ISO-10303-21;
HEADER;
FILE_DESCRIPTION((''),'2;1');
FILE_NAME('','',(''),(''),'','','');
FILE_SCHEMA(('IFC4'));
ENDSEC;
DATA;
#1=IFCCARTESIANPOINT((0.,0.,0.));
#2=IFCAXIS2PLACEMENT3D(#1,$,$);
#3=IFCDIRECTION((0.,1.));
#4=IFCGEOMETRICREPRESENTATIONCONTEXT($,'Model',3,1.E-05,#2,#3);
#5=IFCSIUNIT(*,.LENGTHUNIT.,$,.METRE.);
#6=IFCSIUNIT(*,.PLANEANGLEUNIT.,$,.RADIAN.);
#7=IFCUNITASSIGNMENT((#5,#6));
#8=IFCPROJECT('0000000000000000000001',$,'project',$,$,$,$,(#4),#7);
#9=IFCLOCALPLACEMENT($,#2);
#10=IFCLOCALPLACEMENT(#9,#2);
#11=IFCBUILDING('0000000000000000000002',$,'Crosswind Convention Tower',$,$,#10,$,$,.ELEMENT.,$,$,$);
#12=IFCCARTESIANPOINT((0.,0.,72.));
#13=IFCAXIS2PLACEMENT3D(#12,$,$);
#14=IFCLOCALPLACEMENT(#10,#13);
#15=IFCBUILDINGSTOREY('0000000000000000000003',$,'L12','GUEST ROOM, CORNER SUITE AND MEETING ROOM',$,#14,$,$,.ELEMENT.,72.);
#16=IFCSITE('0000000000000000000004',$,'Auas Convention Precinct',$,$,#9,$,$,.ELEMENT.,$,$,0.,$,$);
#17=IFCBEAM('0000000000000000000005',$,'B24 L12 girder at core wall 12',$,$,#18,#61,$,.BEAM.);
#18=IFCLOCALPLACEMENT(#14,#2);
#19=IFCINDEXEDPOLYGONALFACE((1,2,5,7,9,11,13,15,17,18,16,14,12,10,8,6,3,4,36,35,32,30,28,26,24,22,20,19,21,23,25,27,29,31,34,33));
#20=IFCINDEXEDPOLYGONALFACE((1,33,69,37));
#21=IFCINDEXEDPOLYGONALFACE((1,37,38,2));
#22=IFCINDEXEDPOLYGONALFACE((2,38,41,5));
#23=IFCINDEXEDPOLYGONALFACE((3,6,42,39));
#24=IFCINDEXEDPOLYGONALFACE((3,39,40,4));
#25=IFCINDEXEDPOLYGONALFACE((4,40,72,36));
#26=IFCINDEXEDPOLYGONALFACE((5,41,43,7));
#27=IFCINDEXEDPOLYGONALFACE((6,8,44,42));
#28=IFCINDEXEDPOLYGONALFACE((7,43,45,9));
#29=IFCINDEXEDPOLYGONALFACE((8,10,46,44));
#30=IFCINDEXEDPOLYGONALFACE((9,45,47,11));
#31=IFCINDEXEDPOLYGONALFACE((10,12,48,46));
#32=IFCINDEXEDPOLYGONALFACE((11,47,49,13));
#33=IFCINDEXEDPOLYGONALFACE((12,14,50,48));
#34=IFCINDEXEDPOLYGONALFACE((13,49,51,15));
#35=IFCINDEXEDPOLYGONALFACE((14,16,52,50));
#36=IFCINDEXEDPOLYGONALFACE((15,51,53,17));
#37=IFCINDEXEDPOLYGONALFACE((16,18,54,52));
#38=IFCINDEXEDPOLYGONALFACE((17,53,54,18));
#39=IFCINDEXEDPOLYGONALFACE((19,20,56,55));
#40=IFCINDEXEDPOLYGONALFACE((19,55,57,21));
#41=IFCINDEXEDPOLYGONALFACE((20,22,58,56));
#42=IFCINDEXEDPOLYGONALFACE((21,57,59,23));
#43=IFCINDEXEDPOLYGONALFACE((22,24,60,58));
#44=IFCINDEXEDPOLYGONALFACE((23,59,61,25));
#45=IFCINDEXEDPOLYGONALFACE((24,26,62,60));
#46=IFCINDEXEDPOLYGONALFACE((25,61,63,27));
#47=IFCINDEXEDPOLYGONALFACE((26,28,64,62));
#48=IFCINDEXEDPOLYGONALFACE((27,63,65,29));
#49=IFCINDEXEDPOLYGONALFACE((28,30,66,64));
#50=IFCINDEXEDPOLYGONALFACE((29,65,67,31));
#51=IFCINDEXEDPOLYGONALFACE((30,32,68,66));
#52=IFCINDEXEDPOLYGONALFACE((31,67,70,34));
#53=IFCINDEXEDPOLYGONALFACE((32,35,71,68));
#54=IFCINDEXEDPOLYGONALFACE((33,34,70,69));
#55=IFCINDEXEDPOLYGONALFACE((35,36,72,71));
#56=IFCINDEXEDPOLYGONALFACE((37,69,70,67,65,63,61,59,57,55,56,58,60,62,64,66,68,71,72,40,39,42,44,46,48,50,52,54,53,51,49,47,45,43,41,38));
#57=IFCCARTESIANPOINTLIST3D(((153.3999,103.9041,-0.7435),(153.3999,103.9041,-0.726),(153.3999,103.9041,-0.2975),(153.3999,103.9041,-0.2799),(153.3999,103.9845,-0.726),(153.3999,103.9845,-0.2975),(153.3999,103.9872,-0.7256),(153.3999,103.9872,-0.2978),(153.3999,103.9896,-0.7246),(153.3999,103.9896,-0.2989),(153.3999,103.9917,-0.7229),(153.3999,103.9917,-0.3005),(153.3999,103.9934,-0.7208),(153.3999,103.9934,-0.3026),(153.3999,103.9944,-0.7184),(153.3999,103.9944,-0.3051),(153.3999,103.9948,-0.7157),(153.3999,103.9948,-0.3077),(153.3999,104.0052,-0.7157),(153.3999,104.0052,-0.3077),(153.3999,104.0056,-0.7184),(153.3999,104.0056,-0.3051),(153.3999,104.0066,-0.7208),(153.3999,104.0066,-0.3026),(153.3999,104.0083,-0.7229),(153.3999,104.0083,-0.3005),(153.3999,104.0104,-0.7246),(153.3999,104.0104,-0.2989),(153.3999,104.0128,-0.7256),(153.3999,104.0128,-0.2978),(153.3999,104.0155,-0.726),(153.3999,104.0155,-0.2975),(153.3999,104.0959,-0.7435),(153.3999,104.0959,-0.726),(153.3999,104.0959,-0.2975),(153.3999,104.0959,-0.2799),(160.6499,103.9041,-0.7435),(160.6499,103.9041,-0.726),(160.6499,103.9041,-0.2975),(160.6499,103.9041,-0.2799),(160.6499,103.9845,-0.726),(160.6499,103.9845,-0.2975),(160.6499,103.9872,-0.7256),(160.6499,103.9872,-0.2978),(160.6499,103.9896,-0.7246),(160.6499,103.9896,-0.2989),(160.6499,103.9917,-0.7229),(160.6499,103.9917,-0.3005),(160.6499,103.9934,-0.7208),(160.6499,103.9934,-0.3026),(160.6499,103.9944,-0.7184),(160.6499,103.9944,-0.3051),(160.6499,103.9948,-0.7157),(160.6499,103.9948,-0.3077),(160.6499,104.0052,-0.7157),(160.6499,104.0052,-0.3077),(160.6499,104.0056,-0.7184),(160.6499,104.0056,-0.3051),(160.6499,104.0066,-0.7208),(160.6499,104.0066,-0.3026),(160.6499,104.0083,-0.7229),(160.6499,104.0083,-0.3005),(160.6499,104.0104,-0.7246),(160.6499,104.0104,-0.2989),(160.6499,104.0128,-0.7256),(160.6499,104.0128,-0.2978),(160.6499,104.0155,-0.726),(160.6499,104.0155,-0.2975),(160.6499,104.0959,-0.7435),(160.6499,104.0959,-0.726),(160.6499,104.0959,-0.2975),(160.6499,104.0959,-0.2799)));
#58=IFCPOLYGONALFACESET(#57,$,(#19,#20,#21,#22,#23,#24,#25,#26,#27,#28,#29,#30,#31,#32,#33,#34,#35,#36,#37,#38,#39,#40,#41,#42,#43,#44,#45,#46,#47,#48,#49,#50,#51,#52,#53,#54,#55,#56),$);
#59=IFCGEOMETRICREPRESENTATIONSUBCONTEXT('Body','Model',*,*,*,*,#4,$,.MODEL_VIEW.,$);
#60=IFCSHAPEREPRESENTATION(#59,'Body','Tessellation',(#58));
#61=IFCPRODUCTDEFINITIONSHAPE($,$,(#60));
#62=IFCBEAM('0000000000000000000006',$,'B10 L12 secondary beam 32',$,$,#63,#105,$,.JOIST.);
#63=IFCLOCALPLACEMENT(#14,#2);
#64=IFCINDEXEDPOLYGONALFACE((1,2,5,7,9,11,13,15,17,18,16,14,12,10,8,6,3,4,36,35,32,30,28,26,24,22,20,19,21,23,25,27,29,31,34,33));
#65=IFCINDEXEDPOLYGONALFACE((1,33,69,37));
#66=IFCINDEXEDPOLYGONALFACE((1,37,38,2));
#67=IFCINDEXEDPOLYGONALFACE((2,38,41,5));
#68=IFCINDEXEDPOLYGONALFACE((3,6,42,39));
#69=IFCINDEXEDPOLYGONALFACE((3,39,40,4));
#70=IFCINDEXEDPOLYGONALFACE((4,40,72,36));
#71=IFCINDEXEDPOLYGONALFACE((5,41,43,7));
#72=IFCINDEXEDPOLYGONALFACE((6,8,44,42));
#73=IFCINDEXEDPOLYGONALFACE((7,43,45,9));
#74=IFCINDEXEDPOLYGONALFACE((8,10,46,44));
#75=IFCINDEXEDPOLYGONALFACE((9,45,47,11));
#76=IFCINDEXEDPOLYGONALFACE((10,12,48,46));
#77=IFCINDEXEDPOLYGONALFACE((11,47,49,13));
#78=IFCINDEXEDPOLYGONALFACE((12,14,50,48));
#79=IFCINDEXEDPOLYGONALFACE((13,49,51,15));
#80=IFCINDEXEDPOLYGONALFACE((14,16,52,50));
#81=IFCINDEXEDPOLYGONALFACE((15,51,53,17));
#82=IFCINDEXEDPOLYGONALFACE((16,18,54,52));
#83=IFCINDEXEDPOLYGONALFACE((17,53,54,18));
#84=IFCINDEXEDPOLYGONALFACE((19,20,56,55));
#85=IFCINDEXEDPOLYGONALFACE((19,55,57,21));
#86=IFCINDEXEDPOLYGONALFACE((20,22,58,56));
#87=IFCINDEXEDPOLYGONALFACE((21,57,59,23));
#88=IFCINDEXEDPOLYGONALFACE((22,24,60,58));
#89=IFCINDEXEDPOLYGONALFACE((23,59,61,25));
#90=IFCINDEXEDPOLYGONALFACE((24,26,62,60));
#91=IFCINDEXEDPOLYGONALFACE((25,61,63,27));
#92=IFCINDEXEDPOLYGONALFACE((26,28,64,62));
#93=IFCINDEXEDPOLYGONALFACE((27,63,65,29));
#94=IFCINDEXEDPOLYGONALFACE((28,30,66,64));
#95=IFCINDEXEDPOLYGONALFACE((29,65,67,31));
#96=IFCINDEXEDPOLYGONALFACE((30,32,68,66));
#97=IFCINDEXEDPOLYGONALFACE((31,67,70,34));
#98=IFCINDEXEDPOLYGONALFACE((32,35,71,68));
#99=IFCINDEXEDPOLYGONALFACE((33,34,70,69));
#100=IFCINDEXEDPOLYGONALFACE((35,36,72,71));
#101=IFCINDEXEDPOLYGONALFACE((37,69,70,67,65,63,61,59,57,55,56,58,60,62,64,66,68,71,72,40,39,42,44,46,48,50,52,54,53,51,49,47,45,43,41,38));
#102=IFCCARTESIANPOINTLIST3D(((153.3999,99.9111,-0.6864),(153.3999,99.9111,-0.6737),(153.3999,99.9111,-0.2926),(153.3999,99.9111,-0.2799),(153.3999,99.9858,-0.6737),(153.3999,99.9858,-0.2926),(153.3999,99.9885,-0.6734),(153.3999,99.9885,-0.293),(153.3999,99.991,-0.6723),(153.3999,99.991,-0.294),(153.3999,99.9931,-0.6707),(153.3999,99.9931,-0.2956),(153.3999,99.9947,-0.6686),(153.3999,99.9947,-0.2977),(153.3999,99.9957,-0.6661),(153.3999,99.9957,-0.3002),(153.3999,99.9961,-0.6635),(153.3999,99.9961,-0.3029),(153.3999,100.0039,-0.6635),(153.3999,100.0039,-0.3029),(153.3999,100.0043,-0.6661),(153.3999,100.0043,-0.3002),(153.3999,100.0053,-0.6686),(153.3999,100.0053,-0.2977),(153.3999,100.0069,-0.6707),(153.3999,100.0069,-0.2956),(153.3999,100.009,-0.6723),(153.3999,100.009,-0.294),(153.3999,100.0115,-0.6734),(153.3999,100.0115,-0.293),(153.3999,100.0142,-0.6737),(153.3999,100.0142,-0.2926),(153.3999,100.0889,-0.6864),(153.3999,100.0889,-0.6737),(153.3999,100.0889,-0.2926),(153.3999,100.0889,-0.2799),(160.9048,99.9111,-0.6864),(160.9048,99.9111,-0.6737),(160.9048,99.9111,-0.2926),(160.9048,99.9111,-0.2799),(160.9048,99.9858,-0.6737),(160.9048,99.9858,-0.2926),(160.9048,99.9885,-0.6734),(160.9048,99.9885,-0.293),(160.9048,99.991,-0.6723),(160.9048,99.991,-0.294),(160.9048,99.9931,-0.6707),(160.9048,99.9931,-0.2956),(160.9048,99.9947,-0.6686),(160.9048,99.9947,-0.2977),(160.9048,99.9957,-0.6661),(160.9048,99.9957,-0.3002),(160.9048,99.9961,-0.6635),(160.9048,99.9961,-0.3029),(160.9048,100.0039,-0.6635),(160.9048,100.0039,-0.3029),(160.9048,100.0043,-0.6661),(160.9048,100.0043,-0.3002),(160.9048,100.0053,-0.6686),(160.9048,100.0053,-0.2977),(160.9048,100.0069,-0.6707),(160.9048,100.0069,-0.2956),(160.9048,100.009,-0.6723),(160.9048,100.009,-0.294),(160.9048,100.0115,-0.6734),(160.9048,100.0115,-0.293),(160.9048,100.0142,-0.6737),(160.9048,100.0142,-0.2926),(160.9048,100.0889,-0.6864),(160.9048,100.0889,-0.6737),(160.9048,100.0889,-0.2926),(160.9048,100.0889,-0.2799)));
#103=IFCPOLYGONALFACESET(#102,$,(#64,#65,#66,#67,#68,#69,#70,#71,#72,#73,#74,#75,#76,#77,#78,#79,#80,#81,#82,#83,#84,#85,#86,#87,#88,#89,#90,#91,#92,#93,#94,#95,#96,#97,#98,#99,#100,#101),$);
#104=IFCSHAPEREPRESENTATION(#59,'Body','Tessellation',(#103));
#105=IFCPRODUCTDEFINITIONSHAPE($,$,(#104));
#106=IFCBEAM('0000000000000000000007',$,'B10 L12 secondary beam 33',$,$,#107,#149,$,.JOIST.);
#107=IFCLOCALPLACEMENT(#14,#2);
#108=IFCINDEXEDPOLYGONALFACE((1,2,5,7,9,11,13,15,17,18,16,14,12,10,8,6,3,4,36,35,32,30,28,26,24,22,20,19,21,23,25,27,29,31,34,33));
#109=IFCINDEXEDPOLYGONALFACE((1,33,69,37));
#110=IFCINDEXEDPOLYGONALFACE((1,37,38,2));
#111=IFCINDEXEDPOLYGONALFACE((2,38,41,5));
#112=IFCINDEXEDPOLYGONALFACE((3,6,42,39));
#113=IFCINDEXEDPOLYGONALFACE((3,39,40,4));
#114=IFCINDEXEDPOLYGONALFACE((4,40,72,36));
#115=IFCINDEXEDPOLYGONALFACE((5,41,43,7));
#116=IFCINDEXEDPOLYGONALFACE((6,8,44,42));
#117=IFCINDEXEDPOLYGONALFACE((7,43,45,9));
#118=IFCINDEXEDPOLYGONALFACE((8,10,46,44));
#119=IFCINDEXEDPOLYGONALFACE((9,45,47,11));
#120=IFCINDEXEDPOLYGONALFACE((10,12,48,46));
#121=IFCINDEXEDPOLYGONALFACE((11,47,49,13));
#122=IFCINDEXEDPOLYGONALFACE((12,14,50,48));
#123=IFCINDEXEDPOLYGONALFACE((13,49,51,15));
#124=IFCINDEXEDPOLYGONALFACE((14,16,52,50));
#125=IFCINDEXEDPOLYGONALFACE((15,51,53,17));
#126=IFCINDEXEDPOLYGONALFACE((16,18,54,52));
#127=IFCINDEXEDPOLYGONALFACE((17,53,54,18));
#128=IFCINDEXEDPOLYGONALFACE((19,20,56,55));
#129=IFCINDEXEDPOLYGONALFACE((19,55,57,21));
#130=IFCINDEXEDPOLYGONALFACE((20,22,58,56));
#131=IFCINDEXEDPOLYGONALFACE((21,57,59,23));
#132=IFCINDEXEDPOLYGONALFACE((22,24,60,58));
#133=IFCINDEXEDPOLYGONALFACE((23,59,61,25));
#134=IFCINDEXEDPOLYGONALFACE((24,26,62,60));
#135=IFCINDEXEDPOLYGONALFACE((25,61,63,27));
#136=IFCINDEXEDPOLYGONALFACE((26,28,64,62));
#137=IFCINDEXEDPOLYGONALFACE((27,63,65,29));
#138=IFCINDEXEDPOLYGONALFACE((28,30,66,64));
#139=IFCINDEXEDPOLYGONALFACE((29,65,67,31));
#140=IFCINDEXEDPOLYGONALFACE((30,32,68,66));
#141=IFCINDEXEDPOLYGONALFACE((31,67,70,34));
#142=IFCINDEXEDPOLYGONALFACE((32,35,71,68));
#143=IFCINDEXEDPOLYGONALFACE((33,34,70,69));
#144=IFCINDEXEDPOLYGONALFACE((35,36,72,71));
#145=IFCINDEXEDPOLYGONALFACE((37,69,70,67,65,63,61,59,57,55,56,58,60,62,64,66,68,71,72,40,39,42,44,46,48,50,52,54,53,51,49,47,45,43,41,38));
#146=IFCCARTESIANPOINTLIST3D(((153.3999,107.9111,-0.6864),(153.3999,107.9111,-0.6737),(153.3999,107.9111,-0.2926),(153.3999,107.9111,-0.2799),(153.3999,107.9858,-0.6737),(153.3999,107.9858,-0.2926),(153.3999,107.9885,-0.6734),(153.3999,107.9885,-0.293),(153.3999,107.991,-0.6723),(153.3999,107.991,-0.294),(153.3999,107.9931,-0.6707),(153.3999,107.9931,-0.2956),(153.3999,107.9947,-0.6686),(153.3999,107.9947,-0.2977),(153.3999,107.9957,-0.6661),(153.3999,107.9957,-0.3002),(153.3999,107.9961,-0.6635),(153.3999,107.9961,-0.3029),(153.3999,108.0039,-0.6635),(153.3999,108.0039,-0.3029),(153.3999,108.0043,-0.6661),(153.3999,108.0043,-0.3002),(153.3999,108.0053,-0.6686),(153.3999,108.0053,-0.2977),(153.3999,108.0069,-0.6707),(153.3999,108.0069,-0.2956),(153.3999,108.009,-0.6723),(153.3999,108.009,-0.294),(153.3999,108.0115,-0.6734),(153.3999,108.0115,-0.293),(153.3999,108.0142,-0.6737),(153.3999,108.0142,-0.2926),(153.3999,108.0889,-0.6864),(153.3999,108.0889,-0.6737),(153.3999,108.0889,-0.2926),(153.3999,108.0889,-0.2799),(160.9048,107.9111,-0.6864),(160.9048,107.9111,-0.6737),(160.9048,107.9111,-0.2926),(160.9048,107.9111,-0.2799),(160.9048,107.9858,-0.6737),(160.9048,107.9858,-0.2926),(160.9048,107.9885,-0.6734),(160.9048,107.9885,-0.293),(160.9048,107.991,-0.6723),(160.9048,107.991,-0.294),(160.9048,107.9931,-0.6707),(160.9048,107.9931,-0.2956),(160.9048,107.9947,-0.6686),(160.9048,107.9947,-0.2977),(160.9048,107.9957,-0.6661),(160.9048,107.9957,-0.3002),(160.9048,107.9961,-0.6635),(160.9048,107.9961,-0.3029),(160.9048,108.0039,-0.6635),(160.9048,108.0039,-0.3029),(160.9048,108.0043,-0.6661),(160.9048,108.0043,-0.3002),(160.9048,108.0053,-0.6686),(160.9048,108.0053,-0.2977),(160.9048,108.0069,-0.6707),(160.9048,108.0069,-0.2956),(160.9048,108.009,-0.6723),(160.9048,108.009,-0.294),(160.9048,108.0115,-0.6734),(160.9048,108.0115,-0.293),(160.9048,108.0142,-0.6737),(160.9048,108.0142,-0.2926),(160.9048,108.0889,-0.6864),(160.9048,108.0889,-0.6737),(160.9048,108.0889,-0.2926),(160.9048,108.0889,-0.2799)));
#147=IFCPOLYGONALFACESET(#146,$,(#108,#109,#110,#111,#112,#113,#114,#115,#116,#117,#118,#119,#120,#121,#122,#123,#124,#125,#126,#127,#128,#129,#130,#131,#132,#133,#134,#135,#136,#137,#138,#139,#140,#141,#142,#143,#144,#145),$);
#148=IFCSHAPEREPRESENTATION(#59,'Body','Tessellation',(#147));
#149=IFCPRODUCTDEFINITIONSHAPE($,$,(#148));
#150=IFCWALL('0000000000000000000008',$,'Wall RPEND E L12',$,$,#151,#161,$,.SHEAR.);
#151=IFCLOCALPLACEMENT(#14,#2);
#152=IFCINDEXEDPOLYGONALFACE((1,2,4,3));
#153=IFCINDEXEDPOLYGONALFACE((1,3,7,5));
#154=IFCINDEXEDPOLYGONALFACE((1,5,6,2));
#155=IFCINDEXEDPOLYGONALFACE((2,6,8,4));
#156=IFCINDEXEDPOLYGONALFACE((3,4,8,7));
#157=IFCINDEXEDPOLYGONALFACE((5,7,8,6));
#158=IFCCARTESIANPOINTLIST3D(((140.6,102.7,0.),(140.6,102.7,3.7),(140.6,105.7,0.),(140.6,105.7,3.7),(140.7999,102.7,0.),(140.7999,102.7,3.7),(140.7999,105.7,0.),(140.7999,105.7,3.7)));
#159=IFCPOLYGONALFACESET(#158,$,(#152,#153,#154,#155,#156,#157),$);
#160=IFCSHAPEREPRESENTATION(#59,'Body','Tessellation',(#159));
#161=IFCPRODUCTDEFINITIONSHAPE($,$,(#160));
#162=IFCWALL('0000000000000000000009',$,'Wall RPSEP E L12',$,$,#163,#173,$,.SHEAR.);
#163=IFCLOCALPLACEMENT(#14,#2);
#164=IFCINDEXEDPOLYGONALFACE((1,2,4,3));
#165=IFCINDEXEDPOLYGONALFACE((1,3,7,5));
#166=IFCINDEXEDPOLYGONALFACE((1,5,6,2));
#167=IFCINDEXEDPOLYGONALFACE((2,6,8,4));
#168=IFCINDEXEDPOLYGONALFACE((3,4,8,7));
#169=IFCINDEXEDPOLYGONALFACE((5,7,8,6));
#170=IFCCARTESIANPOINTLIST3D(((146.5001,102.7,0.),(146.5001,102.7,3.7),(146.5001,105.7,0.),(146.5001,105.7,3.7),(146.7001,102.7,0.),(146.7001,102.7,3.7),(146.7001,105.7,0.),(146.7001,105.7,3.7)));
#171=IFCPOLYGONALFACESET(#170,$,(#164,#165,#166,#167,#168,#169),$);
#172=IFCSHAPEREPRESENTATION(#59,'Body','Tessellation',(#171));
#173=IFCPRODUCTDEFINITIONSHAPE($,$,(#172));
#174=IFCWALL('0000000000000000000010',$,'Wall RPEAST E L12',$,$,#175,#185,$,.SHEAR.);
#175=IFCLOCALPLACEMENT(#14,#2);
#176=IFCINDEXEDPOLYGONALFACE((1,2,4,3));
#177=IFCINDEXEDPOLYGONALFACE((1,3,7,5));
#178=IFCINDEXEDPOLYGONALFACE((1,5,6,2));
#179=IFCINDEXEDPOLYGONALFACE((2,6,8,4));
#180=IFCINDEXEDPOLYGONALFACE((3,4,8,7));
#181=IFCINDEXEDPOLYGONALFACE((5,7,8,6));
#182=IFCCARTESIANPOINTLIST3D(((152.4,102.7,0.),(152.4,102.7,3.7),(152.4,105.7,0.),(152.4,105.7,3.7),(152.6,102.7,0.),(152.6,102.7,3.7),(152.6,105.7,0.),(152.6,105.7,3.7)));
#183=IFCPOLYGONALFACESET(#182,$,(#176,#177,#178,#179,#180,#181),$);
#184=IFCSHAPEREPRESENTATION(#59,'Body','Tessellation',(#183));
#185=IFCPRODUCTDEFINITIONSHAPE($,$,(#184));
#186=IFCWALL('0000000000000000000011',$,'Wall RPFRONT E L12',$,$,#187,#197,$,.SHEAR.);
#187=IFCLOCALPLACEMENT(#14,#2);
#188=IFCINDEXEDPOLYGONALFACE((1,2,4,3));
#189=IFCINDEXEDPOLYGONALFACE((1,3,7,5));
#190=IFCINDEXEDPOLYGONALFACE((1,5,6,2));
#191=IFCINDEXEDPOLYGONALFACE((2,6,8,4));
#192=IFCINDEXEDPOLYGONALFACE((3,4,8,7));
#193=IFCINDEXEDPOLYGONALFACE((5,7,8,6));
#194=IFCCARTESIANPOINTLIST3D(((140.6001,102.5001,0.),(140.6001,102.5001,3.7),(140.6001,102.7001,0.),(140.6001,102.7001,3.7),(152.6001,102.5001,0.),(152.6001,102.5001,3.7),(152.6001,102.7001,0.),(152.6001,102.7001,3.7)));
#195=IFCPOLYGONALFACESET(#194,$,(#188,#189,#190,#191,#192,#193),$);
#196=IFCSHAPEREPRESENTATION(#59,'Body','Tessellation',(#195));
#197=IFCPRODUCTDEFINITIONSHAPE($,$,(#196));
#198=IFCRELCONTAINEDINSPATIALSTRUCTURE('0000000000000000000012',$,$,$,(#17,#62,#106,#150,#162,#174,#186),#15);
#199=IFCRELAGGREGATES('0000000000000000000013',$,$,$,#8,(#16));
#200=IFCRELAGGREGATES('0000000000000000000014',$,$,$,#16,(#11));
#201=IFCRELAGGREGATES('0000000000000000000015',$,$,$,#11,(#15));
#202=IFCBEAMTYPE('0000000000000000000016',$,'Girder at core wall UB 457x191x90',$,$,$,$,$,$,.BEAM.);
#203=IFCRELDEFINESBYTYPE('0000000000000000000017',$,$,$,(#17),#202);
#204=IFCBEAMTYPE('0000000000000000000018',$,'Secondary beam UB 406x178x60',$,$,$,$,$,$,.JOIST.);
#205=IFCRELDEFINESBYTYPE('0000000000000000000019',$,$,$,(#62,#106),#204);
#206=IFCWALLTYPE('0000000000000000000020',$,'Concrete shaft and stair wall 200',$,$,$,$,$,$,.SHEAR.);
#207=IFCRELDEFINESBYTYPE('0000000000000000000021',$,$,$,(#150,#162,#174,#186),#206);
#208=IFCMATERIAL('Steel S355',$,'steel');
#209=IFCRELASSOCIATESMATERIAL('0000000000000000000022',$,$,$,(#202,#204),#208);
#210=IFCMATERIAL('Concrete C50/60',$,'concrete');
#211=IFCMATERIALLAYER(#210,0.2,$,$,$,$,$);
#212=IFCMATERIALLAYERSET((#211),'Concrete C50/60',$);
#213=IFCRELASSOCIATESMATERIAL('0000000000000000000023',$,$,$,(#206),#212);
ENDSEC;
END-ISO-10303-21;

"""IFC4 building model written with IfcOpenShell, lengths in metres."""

from ifc_helpers import new_model, si_unit, direction, frame, frame_2d, origin, origin_2d, place, context, subcontext, project, spatial, rectangle, i_section, extrude, material, layer, layer_set, material_profile, profile_set, type_object, element, save


model = new_model("IFC4")

# Units and contexts
model_context = context("Model", 3, precision=1e-05, world=origin(), true_north=direction((0.0, 1.0)))
body_context = subcontext(model_context, "Body", "Model", "MODEL_VIEW")
ifc_project = project(units=[si_unit("LENGTHUNIT", "METRE"), si_unit("PLANEANGLEUNIT", "RADIAN")], contexts=[model_context])

# Site, building, storey
site_placement = place(None, origin())
site = spatial("IfcSite", under=ifc_project, at=site_placement, Name="Auas Convention Precinct", CompositionType="ELEMENT", RefElevation=0.0)
building_placement = place(site_placement, origin())
building = spatial("IfcBuilding", under=site, at=building_placement, Name="Crosswind Convention Tower", CompositionType="ELEMENT")
storey_placement = place(building_placement, frame((0.0, 0.0, 72.0)))
storey = spatial("IfcBuildingStorey", under=building, at=storey_placement, Name="L12", Description="GUEST ROOM, CORNER SUITE AND MEETING ROOM", CompositionType="ELEMENT", Elevation=72.0)

# Beams
ifc_material_1 = material(Name="Steel S355", Category="steel")
ifc_material_profile_1 = material_profile(ifc_material_1, i_section(OverallWidth=0.1919, OverallDepth=0.4636, WebThickness=0.0105, FlangeThickness=0.0176, FilletRadius=0.0103, at=origin_2d()), Name="UB 457x191x90")
ifc_profile_set_1 = profile_set([ifc_material_profile_1], Name="Steel S355")
beam_type_1 = type_object("IfcBeamType", Name="Girder at core wall UB 457x191x90", PredefinedType="BEAM", material=ifc_profile_set_1)
beam_placement = place(storey_placement, frame((153.3999, 104.0, -0.5117), z_axis=(1.0, 0.0, 0.0), x_axis=(0.0, 1.0, 0.0)))
element("IfcBeam", 1, at=beam_placement, inside=storey, type_object=beam_type_1, Name="B24 L12 girder at core wall 12", PredefinedType="BEAM", context=body_context, shape_type="SweptSolid", body=[
    extrude(i_section(OverallWidth=0.1919, OverallDepth=0.4636, WebThickness=0.0105, FlangeThickness=0.0176, FilletRadius=0.0103, at=origin_2d()), origin(), (0.0, 0.0, 1.0), 7.25),
])
ifc_material_profile_2 = material_profile(ifc_material_1, i_section(OverallWidth=0.1777, OverallDepth=0.4065, WebThickness=0.0078, FlangeThickness=0.0127, FilletRadius=0.0103, at=origin_2d()), Name="UB 406x178x60")
ifc_profile_set_2 = profile_set([ifc_material_profile_2], Name="Steel S355")
beam_type_2 = type_object("IfcBeamType", Name="Secondary beam UB 406x178x60", PredefinedType="JOIST", material=ifc_profile_set_2)
for number, where, z_axis, x_axis, name in (
    (2, (153.3999, 100.0, -0.4832), (1.0, 0.0, 0.0), (0.0, 1.0, 0.0), "B10 L12 secondary beam 32"),
    (3, (153.3999, 108.0, -0.4832), (1.0, 0.0, 0.0), (0.0, 1.0, 0.0), "B10 L12 secondary beam 33"),
):
    element("IfcBeam", number, at=place(storey_placement, frame(where, z_axis=z_axis, x_axis=x_axis)), inside=storey, type_object=beam_type_2, Name=name, PredefinedType="JOIST", context=body_context, shape_type="SweptSolid", body=[
        extrude(i_section(OverallWidth=0.1777, OverallDepth=0.4065, WebThickness=0.0078, FlangeThickness=0.0127, FilletRadius=0.0103, at=origin_2d()), origin(), (0.0, 0.0, 1.0), 7.5049),
    ])

# Walls
ifc_material_2 = material(Name="Concrete C50/60", Category="concrete")
ifc_layer_1 = layer(ifc_material_2, 0.2)
ifc_layer_set_1 = layer_set([ifc_layer_1], Name="Concrete C50/60")
wall_type_1 = type_object("IfcWallType", Name="Concrete shaft and stair wall 200", PredefinedType="SHEAR", material=ifc_layer_set_1)
for number, where, z_axis, x_axis, name in (
    (4, (140.7, 102.7, 0.0), (0.0, 0.0, 1.0), (0.0, 1.0, 0.0), "Wall RPEND E L12"),
    (5, (146.6001, 102.7, 0.0), (0.0, 0.0, 1.0), (0.0, 1.0, 0.0), "Wall RPSEP E L12"),
    (6, (152.5, 102.7, 0.0), (0.0, 0.0, 1.0), (0.0, 1.0, 0.0), "Wall RPEAST E L12"),
):
    element("IfcWall", number, at=place(storey_placement, frame(where, z_axis=z_axis, x_axis=x_axis)), inside=storey, type_object=wall_type_1, Name=name, PredefinedType="SHEAR", context=body_context, shape_type="SweptSolid", body=[
        extrude(rectangle(XDim=3.0, YDim=0.2, at=frame_2d((1.5, 0.0))), origin(), (0.0, 0.0, 1.0), 3.7),
    ])
wall_1_placement = place(storey_placement, frame((140.6001, 102.6001, 0.0), z_axis=(0.0, 0.0, 1.0), x_axis=(1.0, 0.0, 0.0)))
element("IfcWall", 7, at=wall_1_placement, inside=storey, type_object=wall_type_1, Name="Wall RPFRONT E L12", PredefinedType="SHEAR", context=body_context, shape_type="SweptSolid", body=[
    extrude(rectangle(XDim=12.0, YDim=0.2, at=frame_2d((6.0, 0.0))), origin(), (0.0, 0.0, 1.0), 3.7),
])

save(model, "model.ifc")
